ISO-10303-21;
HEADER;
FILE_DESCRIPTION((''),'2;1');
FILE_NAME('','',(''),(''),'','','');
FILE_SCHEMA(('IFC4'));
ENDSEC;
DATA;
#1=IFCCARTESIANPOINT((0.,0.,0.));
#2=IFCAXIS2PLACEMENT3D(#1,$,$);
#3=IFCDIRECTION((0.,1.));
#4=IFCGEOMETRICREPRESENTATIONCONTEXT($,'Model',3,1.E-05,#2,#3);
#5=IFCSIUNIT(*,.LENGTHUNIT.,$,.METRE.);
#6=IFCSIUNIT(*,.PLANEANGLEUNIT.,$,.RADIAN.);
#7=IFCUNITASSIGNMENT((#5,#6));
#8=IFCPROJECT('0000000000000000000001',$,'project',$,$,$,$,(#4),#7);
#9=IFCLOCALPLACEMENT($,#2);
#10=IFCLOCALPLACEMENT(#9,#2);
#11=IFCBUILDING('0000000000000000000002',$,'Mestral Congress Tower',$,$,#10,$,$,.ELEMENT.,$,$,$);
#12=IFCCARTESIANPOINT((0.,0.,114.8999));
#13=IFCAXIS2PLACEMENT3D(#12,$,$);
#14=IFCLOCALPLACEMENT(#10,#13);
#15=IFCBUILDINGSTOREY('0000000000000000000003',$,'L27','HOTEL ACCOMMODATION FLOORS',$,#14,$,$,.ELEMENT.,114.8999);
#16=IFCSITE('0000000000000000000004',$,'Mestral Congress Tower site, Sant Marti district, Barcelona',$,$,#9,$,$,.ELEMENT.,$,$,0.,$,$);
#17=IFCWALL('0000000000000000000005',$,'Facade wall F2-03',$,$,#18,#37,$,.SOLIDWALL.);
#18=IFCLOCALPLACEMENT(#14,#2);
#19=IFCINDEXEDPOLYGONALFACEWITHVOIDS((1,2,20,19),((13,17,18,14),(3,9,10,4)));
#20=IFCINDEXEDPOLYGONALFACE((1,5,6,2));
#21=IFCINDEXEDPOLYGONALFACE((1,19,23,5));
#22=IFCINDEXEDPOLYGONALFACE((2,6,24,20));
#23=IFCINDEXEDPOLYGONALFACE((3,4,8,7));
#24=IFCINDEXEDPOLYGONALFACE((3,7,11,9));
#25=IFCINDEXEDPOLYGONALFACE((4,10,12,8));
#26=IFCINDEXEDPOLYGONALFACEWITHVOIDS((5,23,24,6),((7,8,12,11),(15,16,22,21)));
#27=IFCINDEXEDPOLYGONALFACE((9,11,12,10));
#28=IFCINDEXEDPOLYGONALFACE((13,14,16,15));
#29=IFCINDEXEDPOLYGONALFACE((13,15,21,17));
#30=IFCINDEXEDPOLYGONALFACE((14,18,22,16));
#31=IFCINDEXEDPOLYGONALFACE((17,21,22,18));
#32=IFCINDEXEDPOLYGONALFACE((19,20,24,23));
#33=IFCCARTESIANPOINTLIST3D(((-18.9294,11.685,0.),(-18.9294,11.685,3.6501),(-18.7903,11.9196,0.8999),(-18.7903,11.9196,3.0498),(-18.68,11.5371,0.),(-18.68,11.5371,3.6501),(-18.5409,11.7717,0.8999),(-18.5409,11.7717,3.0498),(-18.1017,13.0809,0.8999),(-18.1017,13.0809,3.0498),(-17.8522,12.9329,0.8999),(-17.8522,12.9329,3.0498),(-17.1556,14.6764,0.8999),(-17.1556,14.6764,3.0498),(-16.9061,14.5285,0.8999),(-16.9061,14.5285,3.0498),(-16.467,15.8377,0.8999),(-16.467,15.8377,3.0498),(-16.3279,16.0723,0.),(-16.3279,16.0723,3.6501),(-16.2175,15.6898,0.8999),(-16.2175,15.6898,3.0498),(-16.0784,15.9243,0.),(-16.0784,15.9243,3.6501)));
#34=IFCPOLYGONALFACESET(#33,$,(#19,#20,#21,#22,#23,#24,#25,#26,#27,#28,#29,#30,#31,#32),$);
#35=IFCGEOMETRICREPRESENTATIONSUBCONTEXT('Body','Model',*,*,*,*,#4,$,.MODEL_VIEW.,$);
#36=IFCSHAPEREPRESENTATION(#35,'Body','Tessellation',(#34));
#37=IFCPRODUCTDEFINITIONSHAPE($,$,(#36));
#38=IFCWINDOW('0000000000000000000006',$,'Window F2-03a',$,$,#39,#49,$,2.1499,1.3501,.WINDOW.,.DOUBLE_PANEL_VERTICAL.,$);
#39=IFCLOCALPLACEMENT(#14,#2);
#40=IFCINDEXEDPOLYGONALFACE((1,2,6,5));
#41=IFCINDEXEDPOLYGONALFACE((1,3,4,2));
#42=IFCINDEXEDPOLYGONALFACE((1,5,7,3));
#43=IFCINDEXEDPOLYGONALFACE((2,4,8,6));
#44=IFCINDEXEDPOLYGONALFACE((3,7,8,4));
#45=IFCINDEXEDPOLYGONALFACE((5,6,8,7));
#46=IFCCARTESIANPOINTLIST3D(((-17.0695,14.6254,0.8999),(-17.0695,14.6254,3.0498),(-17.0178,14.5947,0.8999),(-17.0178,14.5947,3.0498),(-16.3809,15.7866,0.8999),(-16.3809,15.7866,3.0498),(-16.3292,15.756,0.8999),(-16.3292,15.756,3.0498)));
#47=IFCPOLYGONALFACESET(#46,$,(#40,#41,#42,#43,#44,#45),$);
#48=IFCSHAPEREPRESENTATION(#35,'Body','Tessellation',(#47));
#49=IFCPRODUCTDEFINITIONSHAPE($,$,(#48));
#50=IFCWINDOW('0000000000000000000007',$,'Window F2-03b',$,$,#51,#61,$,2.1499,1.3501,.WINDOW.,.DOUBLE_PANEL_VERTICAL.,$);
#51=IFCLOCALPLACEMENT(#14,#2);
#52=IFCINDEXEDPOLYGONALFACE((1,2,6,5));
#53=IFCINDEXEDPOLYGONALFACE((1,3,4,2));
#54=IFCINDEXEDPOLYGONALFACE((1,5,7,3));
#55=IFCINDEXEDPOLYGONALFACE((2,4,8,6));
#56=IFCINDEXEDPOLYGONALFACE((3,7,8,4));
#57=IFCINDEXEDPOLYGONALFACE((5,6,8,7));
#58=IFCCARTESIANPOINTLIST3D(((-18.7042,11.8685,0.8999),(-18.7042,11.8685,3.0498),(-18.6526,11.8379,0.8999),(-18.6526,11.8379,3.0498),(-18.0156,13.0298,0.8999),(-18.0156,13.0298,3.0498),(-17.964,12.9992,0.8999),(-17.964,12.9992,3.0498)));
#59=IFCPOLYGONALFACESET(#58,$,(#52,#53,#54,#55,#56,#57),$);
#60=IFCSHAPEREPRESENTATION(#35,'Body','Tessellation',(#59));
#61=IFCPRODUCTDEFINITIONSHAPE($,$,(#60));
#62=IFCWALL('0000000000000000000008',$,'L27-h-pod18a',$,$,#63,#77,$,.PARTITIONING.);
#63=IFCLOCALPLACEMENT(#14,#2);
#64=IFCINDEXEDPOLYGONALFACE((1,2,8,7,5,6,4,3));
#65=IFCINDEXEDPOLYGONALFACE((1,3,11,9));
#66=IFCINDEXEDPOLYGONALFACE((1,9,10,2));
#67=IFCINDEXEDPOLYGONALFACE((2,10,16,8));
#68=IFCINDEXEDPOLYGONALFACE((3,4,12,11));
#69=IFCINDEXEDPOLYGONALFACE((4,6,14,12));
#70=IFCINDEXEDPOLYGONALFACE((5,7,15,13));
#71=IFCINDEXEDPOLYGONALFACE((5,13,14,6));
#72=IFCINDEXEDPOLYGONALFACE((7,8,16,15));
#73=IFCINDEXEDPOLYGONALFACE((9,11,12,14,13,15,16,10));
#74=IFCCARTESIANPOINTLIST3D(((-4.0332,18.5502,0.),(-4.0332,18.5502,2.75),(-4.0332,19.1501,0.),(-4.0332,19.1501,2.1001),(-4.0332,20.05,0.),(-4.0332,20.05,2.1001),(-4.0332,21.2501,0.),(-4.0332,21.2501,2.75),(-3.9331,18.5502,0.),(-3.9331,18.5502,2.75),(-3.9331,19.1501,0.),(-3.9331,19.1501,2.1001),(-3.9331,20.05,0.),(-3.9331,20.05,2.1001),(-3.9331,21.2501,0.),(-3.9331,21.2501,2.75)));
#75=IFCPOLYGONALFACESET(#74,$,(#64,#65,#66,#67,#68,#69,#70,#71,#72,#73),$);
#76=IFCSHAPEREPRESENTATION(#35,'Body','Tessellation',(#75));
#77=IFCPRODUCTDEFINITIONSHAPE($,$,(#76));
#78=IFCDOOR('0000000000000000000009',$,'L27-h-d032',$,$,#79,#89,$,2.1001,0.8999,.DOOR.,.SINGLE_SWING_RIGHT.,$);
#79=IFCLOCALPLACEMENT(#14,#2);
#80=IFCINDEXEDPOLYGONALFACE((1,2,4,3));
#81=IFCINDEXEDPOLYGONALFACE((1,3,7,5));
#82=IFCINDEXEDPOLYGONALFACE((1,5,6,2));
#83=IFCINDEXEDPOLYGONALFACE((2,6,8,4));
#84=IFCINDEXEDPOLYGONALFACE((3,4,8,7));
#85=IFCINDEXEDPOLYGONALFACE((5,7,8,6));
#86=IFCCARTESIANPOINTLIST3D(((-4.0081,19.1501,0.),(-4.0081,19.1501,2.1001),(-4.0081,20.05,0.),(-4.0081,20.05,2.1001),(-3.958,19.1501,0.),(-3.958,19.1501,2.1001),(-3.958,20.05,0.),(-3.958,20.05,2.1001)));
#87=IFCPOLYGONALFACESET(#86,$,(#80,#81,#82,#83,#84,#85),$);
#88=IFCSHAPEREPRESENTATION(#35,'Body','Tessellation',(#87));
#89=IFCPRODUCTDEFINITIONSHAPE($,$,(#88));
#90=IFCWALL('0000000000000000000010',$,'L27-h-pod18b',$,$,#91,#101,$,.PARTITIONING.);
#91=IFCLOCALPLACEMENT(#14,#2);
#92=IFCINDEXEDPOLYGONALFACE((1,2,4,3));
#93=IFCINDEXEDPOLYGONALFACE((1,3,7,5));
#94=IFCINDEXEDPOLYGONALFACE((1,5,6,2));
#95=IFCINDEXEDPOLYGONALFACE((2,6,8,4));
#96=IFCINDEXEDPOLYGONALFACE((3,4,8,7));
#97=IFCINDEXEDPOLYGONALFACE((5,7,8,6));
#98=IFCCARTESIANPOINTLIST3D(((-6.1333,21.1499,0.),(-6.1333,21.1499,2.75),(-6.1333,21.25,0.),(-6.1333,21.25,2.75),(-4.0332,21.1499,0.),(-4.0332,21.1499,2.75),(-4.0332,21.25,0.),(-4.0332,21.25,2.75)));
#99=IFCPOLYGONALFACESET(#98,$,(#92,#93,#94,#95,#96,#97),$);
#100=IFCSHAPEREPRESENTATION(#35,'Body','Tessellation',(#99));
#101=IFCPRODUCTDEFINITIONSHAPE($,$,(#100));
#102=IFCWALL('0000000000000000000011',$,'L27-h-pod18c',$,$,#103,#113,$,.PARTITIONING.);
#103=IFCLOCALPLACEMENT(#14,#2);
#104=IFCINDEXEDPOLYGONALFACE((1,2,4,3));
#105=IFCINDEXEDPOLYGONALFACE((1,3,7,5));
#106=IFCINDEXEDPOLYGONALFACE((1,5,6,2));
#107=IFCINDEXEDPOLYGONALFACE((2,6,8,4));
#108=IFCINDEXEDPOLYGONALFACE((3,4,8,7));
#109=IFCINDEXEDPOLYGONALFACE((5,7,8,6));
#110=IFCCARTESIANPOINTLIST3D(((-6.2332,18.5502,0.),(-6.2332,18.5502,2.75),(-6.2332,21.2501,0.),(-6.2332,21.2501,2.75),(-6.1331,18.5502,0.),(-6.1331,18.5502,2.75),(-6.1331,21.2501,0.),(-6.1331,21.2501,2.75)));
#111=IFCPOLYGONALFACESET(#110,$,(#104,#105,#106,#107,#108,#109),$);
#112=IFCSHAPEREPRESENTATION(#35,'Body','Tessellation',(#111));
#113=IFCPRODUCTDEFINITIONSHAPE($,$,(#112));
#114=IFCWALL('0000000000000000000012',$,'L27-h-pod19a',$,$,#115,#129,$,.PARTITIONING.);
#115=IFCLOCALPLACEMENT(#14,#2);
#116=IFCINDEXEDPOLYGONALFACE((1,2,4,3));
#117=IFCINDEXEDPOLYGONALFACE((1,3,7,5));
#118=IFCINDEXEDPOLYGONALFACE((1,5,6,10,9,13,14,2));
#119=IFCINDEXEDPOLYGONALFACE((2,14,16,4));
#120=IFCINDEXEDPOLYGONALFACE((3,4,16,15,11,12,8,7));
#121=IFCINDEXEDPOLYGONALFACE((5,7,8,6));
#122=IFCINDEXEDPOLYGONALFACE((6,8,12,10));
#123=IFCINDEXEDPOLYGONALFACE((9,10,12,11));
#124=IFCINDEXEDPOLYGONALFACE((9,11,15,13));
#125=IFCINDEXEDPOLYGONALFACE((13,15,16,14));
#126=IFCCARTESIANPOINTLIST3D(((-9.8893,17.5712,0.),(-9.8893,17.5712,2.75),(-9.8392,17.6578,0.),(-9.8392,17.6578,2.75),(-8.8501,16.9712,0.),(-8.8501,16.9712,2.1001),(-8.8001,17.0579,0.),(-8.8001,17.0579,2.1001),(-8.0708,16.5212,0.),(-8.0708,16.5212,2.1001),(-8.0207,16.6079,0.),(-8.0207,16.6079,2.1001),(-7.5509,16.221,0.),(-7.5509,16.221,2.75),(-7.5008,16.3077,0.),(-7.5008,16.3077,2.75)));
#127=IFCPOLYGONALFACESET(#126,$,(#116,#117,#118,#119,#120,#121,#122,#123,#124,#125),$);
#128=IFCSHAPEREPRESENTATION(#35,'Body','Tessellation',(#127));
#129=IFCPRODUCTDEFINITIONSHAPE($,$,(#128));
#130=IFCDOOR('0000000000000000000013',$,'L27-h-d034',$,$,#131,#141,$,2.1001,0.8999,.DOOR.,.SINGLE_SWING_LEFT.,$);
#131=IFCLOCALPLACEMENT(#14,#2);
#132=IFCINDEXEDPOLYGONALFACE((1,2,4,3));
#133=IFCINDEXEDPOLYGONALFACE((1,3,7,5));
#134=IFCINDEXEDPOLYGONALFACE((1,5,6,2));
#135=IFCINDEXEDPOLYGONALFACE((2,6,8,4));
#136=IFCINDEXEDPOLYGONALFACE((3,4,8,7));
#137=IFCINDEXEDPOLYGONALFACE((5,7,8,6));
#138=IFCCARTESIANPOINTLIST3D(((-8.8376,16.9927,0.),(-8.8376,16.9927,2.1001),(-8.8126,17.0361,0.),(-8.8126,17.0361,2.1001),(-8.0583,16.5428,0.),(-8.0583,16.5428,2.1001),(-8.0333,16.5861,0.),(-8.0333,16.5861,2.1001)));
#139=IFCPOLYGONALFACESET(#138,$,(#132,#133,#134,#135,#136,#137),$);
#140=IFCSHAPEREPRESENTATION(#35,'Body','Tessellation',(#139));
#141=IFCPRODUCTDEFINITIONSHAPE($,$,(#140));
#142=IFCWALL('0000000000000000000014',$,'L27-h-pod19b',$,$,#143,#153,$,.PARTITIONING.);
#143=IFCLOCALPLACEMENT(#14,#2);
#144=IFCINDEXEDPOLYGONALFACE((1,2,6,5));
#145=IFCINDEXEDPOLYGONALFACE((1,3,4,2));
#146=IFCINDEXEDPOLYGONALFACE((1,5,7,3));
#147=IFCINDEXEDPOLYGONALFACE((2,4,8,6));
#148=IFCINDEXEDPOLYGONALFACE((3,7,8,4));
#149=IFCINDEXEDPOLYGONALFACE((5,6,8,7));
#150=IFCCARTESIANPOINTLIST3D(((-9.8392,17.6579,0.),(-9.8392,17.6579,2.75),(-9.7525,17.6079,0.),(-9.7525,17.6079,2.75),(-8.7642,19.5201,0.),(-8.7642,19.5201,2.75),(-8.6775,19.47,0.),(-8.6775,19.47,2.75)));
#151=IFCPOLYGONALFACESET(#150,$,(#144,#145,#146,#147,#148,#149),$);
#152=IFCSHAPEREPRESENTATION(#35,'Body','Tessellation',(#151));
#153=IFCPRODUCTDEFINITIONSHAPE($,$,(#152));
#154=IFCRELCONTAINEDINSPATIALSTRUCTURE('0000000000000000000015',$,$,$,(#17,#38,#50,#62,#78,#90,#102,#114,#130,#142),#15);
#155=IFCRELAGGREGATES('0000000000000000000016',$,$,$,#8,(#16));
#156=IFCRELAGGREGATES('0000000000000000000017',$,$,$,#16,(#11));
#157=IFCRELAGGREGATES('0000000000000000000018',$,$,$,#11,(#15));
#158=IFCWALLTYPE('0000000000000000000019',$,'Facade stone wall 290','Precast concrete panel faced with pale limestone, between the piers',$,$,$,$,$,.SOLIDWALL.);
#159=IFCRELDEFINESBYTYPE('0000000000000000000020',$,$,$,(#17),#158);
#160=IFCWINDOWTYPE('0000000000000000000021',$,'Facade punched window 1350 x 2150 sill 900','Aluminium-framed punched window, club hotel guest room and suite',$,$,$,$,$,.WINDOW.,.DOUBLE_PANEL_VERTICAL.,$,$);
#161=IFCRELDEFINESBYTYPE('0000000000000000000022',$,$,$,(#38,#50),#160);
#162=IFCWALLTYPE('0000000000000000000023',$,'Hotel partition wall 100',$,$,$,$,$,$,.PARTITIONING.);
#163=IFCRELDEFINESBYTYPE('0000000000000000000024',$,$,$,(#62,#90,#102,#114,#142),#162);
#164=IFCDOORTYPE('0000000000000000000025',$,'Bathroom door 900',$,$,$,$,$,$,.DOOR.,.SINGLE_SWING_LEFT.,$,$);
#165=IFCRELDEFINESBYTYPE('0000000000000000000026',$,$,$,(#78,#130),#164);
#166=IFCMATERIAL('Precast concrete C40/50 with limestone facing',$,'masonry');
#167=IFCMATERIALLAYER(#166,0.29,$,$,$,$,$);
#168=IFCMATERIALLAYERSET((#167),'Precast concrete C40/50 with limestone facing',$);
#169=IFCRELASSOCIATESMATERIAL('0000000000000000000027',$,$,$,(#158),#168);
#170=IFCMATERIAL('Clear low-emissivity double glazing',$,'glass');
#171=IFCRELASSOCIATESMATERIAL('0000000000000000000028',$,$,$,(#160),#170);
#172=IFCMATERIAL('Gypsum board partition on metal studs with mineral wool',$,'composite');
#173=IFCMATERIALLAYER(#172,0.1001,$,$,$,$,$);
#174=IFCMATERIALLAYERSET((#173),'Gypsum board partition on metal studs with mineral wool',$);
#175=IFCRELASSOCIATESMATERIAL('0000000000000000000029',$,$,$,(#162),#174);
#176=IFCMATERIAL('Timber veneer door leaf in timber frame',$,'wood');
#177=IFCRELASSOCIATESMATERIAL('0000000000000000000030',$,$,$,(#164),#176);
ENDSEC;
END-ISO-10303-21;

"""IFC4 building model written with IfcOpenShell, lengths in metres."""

from ifc_helpers import new_model, si_unit, direction, frame, frame_2d, origin, place, context, subcontext, project, spatial, rectangle, extrude, material, layer, layer_set, type_object, element, fill, save


model = new_model("IFC4")

# Units and contexts
model_context = context("Model", 3, precision=1e-05, world=origin(), true_north=direction((0.0, 1.0)))
body_context = subcontext(model_context, "Body", "Model", "MODEL_VIEW")
ifc_project = project(units=[si_unit("LENGTHUNIT", "METRE"), si_unit("PLANEANGLEUNIT", "RADIAN")], contexts=[model_context])

# Site, building, storey
site_placement = place(None, origin())
site = spatial("IfcSite", under=ifc_project, at=site_placement, Name="Mestral Congress Tower site, Sant Marti district, Barcelona", CompositionType="ELEMENT", RefElevation=0.0)
building_placement = place(site_placement, origin())
building = spatial("IfcBuilding", under=site, at=building_placement, Name="Mestral Congress Tower", CompositionType="ELEMENT")
storey_placement = place(building_placement, frame((0.0, 0.0, 114.8999)))
storey = spatial("IfcBuildingStorey", under=building, at=storey_placement, Name="L27", Description="HOTEL ACCOMMODATION FLOORS", CompositionType="ELEMENT", Elevation=114.8999)

# Wall, openings, windows
ifc_material_1 = material(Name="Precast concrete C40/50 with limestone facing", Category="masonry")
ifc_layer_1 = layer(ifc_material_1, 0.29)
ifc_layer_set_1 = layer_set([ifc_layer_1], Name="Precast concrete C40/50 with limestone facing")
wall_type_1 = type_object("IfcWallType", Name="Facade stone wall 290", Description="Precast concrete panel faced with pale limestone, between the piers", PredefinedType="SOLIDWALL", material=ifc_layer_set_1)
ifc_material_2 = material(Name="Clear low-emissivity double glazing", Category="glass")
window_type = type_object("IfcWindowType", Name="Facade punched window 1350 x 2150 sill 900", Description="Aluminium-framed punched window, club hotel guest room and suite", PartitioningType="DOUBLE_PANEL_VERTICAL", PredefinedType="WINDOW", material=ifc_material_2)
wall_1_placement = place(storey_placement, frame((-16.2031, 15.9983, 0.0), z_axis=(0.0, 0.0, 1.0), x_axis=(-0.510054, -0.860142, 0.0)))
wall_1 = element("IfcWall", 1, at=wall_1_placement, inside=storey, type_object=wall_type_1, Name="Facade wall F2-03", PredefinedType="SOLIDWALL", context=body_context, shape_type="SweptSolid", body=[
    extrude(rectangle(XDim=5.1006, YDim=0.29, at=frame_2d((2.5503, 0.0))), origin(), (0.0, 0.0, 1.0), 3.6501),
])
opening_1_placement = place(wall_1_placement, frame((0.2727, 0.0, 0.8999)))
opening_1 = element("IfcOpeningElement", 2, at=opening_1_placement, cuts=wall_1, PredefinedType="OPENING", context=body_context, shape_type="SweptSolid", body=[
    extrude(rectangle(XDim=1.3501, YDim=2.1499, at=frame_2d((0.675, 1.075))), frame((0.0, 0.155, 0.0), z_axis=(0.0, -1.0, 0.0), x_axis=(1.0, 0.0, 0.0)), (0.0, 0.0, 1.0), 0.3101),
])
opening_2_placement = place(wall_1_placement, frame((3.4778, 0.0, 0.8999)))
opening_2 = element("IfcOpeningElement", 3, at=opening_2_placement, cuts=wall_1, PredefinedType="OPENING", context=body_context, shape_type="SweptSolid", body=[
    extrude(rectangle(XDim=1.3501, YDim=2.1499, at=frame_2d((0.675, 1.075))), frame((0.0, 0.155, 0.0), z_axis=(0.0, -1.0, 0.0), x_axis=(1.0, 0.0, 0.0)), (0.0, 0.0, 1.0), 0.3101),
])
window_1_placement = place(opening_1_placement, origin())
window_1 = element("IfcWindow", 4, at=window_1_placement, inside=storey, type_object=window_type, Name="Window F2-03a", OverallHeight=2.1499, OverallWidth=1.3501, PartitioningType="DOUBLE_PANEL_VERTICAL", PredefinedType="WINDOW", context=body_context, shape_type="SweptSolid", body=[
    extrude(rectangle(XDim=1.3501, YDim=2.1499, at=frame_2d((0.675, 1.075))), frame((0.0, 0.0151, 0.0), z_axis=(0.0, -1.0, 0.0), x_axis=(1.0, 0.0, 0.0)), (0.0, 0.0, 1.0), 0.0601),
])
fill(opening_1, window_1)
window_2_placement = place(opening_2_placement, origin())
window_2 = element("IfcWindow", 5, at=window_2_placement, inside=storey, type_object=window_type, Name="Window F2-03b", OverallHeight=2.1499, OverallWidth=1.3501, PartitioningType="DOUBLE_PANEL_VERTICAL", PredefinedType="WINDOW", context=body_context, shape_type="SweptSolid", body=[
    extrude(rectangle(XDim=1.3501, YDim=2.1499, at=frame_2d((0.675, 1.075))), frame((0.0, 0.0151, 0.0), z_axis=(0.0, -1.0, 0.0), x_axis=(1.0, 0.0, 0.0)), (0.0, 0.0, 1.0), 0.0601),
])
fill(opening_2, window_2)

# Wall, opening, door
ifc_material_3 = material(Name="Gypsum board partition on metal studs with mineral wool", Category="composite")
ifc_layer_2 = layer(ifc_material_3, 0.1001)
ifc_layer_set_2 = layer_set([ifc_layer_2], Name="Gypsum board partition on metal studs with mineral wool")
wall_type_2 = type_object("IfcWallType", Name="Hotel partition wall 100", PredefinedType="PARTITIONING", material=ifc_layer_set_2)
wall_2_placement = place(storey_placement, frame((-3.9832, 18.55, 0.0), z_axis=(0.0, 0.0, 1.0), x_axis=(0.0, 1.0, 0.0)))
wall_2 = element("IfcWall", 6, at=wall_2_placement, inside=storey, type_object=wall_type_2, Name="L27-h-pod18a", PredefinedType="PARTITIONING", context=body_context, shape_type="SweptSolid", body=[
    extrude(rectangle(XDim=2.7, YDim=0.1001, at=frame_2d((1.3501, 0.0))), origin(), (0.0, 0.0, 1.0), 2.75),
])
opening_3_placement = place(wall_2_placement, frame((0.6001, 0.0, 0.0)))
opening_3 = element("IfcOpeningElement", 7, at=opening_3_placement, cuts=wall_2, PredefinedType="OPENING", context=body_context, shape_type="SweptSolid", body=[
    extrude(rectangle(XDim=0.8999, YDim=2.1001, at=frame_2d((0.45, 1.05))), frame((0.0, 0.0601, 0.0), z_axis=(0.0, -1.0, 0.0), x_axis=(1.0, 0.0, 0.0)), (0.0, 0.0, 1.0), 0.1201),
])
ifc_material_4 = material(Name="Timber veneer door leaf in timber frame", Category="wood")
door_type_1 = type_object("IfcDoorType", Name="Bathroom door 900", OperationType="SINGLE_SWING_LEFT", PredefinedType="DOOR", material=ifc_material_4)
door_1_placement = place(opening_3_placement, origin())
door_1 = element("IfcDoor", 8, at=door_1_placement, inside=storey, type_object=door_type_1, Name="L27-h-d032", OperationType="SINGLE_SWING_RIGHT", OverallHeight=2.1001, OverallWidth=0.8999, PredefinedType="DOOR", context=body_context, shape_type="SweptSolid", body=[
    extrude(rectangle(XDim=0.8999, YDim=2.1001, at=frame_2d((0.45, 1.05))), frame((0.0, 0.0249, 0.0), z_axis=(0.0, -1.0, 0.0), x_axis=(1.0, 0.0, 0.0)), (0.0, 0.0, 1.0), 0.05),
])
fill(opening_3, door_1)

# Walls
wall_3_placement = place(storey_placement, frame((-4.0332, 21.2, 0.0), z_axis=(0.0, 0.0, 1.0), x_axis=(-1.0, 0.0, 0.0)))
element("IfcWall", 9, at=wall_3_placement, inside=storey, type_object=wall_type_2, Name="L27-h-pod18b", PredefinedType="PARTITIONING", context=body_context, shape_type="SweptSolid", body=[
    extrude(rectangle(XDim=2.1001, YDim=0.1001, at=frame_2d((1.05, 0.0))), origin(), (0.0, 0.0, 1.0), 2.75),
])
wall_4_placement = place(storey_placement, frame((-6.1831, 18.55, 0.0), z_axis=(0.0, 0.0, 1.0), x_axis=(0.0, 1.0, 0.0)))
element("IfcWall", 10, at=wall_4_placement, inside=storey, type_object=wall_type_2, Name="L27-h-pod18c", PredefinedType="PARTITIONING", context=body_context, shape_type="SweptSolid", body=[
    extrude(rectangle(XDim=2.7, YDim=0.1001, at=frame_2d((1.3501, 0.0))), origin(), (0.0, 0.0, 1.0), 2.75),
])

# Wall, opening, door
wall_5_placement = place(storey_placement, frame((-9.8643, 17.6145, 0.0), z_axis=(0.0, 0.0, 1.0), x_axis=(0.86602, -0.500009, 0.0)))
wall_5 = element("IfcWall", 11, at=wall_5_placement, inside=storey, type_object=wall_type_2, Name="L27-h-pod19a", PredefinedType="PARTITIONING", context=body_context, shape_type="SweptSolid", body=[
    extrude(rectangle(XDim=2.7002, YDim=0.1001, at=frame_2d((1.3501, 0.0))), origin(), (0.0, 0.0, 1.0), 2.75),
])
opening_4_placement = place(wall_5_placement, frame((1.2, 0.0, 0.0)))
opening_4 = element("IfcOpeningElement", 12, at=opening_4_placement, cuts=wall_5, PredefinedType="OPENING", context=body_context, shape_type="SweptSolid", body=[
    extrude(rectangle(XDim=0.8999, YDim=2.1001, at=frame_2d((0.45, 1.05))), frame((0.0, 0.0601, 0.0), z_axis=(0.0, -1.0, 0.0), x_axis=(1.0, 0.0, 0.0)), (0.0, 0.0, 1.0), 0.1201),
])
door_2_placement = place(opening_4_placement, origin())
door_2 = element("IfcDoor", 13, at=door_2_placement, inside=storey, type_object=door_type_1, Name="L27-h-d034", OperationType="SINGLE_SWING_LEFT", OverallHeight=2.1001, OverallWidth=0.8999, PredefinedType="DOOR", context=body_context, shape_type="SweptSolid", body=[
    extrude(rectangle(XDim=0.8999, YDim=2.1001, at=frame_2d((0.45, 1.05))), frame((0.0, 0.0249, 0.0), z_axis=(0.0, -1.0, 0.0), x_axis=(1.0, 0.0, 0.0)), (0.0, 0.0, 1.0), 0.05),
])
fill(opening_4, door_2)

# Wall
wall_6_placement = place(storey_placement, frame((-9.7959, 17.6328, 0.0), z_axis=(0.0, 0.0, 1.0), x_axis=(0.499962, 0.866048, 0.0)))
element("IfcWall", 14, at=wall_6_placement, inside=storey, type_object=wall_type_2, Name="L27-h-pod19b", PredefinedType="PARTITIONING", context=body_context, shape_type="SweptSolid", body=[
    extrude(rectangle(XDim=2.1501, YDim=0.1001, at=frame_2d((1.0752, 0.0))), origin(), (0.0, 0.0, 1.0), 2.75),
])

save(model, "model.ifc")
